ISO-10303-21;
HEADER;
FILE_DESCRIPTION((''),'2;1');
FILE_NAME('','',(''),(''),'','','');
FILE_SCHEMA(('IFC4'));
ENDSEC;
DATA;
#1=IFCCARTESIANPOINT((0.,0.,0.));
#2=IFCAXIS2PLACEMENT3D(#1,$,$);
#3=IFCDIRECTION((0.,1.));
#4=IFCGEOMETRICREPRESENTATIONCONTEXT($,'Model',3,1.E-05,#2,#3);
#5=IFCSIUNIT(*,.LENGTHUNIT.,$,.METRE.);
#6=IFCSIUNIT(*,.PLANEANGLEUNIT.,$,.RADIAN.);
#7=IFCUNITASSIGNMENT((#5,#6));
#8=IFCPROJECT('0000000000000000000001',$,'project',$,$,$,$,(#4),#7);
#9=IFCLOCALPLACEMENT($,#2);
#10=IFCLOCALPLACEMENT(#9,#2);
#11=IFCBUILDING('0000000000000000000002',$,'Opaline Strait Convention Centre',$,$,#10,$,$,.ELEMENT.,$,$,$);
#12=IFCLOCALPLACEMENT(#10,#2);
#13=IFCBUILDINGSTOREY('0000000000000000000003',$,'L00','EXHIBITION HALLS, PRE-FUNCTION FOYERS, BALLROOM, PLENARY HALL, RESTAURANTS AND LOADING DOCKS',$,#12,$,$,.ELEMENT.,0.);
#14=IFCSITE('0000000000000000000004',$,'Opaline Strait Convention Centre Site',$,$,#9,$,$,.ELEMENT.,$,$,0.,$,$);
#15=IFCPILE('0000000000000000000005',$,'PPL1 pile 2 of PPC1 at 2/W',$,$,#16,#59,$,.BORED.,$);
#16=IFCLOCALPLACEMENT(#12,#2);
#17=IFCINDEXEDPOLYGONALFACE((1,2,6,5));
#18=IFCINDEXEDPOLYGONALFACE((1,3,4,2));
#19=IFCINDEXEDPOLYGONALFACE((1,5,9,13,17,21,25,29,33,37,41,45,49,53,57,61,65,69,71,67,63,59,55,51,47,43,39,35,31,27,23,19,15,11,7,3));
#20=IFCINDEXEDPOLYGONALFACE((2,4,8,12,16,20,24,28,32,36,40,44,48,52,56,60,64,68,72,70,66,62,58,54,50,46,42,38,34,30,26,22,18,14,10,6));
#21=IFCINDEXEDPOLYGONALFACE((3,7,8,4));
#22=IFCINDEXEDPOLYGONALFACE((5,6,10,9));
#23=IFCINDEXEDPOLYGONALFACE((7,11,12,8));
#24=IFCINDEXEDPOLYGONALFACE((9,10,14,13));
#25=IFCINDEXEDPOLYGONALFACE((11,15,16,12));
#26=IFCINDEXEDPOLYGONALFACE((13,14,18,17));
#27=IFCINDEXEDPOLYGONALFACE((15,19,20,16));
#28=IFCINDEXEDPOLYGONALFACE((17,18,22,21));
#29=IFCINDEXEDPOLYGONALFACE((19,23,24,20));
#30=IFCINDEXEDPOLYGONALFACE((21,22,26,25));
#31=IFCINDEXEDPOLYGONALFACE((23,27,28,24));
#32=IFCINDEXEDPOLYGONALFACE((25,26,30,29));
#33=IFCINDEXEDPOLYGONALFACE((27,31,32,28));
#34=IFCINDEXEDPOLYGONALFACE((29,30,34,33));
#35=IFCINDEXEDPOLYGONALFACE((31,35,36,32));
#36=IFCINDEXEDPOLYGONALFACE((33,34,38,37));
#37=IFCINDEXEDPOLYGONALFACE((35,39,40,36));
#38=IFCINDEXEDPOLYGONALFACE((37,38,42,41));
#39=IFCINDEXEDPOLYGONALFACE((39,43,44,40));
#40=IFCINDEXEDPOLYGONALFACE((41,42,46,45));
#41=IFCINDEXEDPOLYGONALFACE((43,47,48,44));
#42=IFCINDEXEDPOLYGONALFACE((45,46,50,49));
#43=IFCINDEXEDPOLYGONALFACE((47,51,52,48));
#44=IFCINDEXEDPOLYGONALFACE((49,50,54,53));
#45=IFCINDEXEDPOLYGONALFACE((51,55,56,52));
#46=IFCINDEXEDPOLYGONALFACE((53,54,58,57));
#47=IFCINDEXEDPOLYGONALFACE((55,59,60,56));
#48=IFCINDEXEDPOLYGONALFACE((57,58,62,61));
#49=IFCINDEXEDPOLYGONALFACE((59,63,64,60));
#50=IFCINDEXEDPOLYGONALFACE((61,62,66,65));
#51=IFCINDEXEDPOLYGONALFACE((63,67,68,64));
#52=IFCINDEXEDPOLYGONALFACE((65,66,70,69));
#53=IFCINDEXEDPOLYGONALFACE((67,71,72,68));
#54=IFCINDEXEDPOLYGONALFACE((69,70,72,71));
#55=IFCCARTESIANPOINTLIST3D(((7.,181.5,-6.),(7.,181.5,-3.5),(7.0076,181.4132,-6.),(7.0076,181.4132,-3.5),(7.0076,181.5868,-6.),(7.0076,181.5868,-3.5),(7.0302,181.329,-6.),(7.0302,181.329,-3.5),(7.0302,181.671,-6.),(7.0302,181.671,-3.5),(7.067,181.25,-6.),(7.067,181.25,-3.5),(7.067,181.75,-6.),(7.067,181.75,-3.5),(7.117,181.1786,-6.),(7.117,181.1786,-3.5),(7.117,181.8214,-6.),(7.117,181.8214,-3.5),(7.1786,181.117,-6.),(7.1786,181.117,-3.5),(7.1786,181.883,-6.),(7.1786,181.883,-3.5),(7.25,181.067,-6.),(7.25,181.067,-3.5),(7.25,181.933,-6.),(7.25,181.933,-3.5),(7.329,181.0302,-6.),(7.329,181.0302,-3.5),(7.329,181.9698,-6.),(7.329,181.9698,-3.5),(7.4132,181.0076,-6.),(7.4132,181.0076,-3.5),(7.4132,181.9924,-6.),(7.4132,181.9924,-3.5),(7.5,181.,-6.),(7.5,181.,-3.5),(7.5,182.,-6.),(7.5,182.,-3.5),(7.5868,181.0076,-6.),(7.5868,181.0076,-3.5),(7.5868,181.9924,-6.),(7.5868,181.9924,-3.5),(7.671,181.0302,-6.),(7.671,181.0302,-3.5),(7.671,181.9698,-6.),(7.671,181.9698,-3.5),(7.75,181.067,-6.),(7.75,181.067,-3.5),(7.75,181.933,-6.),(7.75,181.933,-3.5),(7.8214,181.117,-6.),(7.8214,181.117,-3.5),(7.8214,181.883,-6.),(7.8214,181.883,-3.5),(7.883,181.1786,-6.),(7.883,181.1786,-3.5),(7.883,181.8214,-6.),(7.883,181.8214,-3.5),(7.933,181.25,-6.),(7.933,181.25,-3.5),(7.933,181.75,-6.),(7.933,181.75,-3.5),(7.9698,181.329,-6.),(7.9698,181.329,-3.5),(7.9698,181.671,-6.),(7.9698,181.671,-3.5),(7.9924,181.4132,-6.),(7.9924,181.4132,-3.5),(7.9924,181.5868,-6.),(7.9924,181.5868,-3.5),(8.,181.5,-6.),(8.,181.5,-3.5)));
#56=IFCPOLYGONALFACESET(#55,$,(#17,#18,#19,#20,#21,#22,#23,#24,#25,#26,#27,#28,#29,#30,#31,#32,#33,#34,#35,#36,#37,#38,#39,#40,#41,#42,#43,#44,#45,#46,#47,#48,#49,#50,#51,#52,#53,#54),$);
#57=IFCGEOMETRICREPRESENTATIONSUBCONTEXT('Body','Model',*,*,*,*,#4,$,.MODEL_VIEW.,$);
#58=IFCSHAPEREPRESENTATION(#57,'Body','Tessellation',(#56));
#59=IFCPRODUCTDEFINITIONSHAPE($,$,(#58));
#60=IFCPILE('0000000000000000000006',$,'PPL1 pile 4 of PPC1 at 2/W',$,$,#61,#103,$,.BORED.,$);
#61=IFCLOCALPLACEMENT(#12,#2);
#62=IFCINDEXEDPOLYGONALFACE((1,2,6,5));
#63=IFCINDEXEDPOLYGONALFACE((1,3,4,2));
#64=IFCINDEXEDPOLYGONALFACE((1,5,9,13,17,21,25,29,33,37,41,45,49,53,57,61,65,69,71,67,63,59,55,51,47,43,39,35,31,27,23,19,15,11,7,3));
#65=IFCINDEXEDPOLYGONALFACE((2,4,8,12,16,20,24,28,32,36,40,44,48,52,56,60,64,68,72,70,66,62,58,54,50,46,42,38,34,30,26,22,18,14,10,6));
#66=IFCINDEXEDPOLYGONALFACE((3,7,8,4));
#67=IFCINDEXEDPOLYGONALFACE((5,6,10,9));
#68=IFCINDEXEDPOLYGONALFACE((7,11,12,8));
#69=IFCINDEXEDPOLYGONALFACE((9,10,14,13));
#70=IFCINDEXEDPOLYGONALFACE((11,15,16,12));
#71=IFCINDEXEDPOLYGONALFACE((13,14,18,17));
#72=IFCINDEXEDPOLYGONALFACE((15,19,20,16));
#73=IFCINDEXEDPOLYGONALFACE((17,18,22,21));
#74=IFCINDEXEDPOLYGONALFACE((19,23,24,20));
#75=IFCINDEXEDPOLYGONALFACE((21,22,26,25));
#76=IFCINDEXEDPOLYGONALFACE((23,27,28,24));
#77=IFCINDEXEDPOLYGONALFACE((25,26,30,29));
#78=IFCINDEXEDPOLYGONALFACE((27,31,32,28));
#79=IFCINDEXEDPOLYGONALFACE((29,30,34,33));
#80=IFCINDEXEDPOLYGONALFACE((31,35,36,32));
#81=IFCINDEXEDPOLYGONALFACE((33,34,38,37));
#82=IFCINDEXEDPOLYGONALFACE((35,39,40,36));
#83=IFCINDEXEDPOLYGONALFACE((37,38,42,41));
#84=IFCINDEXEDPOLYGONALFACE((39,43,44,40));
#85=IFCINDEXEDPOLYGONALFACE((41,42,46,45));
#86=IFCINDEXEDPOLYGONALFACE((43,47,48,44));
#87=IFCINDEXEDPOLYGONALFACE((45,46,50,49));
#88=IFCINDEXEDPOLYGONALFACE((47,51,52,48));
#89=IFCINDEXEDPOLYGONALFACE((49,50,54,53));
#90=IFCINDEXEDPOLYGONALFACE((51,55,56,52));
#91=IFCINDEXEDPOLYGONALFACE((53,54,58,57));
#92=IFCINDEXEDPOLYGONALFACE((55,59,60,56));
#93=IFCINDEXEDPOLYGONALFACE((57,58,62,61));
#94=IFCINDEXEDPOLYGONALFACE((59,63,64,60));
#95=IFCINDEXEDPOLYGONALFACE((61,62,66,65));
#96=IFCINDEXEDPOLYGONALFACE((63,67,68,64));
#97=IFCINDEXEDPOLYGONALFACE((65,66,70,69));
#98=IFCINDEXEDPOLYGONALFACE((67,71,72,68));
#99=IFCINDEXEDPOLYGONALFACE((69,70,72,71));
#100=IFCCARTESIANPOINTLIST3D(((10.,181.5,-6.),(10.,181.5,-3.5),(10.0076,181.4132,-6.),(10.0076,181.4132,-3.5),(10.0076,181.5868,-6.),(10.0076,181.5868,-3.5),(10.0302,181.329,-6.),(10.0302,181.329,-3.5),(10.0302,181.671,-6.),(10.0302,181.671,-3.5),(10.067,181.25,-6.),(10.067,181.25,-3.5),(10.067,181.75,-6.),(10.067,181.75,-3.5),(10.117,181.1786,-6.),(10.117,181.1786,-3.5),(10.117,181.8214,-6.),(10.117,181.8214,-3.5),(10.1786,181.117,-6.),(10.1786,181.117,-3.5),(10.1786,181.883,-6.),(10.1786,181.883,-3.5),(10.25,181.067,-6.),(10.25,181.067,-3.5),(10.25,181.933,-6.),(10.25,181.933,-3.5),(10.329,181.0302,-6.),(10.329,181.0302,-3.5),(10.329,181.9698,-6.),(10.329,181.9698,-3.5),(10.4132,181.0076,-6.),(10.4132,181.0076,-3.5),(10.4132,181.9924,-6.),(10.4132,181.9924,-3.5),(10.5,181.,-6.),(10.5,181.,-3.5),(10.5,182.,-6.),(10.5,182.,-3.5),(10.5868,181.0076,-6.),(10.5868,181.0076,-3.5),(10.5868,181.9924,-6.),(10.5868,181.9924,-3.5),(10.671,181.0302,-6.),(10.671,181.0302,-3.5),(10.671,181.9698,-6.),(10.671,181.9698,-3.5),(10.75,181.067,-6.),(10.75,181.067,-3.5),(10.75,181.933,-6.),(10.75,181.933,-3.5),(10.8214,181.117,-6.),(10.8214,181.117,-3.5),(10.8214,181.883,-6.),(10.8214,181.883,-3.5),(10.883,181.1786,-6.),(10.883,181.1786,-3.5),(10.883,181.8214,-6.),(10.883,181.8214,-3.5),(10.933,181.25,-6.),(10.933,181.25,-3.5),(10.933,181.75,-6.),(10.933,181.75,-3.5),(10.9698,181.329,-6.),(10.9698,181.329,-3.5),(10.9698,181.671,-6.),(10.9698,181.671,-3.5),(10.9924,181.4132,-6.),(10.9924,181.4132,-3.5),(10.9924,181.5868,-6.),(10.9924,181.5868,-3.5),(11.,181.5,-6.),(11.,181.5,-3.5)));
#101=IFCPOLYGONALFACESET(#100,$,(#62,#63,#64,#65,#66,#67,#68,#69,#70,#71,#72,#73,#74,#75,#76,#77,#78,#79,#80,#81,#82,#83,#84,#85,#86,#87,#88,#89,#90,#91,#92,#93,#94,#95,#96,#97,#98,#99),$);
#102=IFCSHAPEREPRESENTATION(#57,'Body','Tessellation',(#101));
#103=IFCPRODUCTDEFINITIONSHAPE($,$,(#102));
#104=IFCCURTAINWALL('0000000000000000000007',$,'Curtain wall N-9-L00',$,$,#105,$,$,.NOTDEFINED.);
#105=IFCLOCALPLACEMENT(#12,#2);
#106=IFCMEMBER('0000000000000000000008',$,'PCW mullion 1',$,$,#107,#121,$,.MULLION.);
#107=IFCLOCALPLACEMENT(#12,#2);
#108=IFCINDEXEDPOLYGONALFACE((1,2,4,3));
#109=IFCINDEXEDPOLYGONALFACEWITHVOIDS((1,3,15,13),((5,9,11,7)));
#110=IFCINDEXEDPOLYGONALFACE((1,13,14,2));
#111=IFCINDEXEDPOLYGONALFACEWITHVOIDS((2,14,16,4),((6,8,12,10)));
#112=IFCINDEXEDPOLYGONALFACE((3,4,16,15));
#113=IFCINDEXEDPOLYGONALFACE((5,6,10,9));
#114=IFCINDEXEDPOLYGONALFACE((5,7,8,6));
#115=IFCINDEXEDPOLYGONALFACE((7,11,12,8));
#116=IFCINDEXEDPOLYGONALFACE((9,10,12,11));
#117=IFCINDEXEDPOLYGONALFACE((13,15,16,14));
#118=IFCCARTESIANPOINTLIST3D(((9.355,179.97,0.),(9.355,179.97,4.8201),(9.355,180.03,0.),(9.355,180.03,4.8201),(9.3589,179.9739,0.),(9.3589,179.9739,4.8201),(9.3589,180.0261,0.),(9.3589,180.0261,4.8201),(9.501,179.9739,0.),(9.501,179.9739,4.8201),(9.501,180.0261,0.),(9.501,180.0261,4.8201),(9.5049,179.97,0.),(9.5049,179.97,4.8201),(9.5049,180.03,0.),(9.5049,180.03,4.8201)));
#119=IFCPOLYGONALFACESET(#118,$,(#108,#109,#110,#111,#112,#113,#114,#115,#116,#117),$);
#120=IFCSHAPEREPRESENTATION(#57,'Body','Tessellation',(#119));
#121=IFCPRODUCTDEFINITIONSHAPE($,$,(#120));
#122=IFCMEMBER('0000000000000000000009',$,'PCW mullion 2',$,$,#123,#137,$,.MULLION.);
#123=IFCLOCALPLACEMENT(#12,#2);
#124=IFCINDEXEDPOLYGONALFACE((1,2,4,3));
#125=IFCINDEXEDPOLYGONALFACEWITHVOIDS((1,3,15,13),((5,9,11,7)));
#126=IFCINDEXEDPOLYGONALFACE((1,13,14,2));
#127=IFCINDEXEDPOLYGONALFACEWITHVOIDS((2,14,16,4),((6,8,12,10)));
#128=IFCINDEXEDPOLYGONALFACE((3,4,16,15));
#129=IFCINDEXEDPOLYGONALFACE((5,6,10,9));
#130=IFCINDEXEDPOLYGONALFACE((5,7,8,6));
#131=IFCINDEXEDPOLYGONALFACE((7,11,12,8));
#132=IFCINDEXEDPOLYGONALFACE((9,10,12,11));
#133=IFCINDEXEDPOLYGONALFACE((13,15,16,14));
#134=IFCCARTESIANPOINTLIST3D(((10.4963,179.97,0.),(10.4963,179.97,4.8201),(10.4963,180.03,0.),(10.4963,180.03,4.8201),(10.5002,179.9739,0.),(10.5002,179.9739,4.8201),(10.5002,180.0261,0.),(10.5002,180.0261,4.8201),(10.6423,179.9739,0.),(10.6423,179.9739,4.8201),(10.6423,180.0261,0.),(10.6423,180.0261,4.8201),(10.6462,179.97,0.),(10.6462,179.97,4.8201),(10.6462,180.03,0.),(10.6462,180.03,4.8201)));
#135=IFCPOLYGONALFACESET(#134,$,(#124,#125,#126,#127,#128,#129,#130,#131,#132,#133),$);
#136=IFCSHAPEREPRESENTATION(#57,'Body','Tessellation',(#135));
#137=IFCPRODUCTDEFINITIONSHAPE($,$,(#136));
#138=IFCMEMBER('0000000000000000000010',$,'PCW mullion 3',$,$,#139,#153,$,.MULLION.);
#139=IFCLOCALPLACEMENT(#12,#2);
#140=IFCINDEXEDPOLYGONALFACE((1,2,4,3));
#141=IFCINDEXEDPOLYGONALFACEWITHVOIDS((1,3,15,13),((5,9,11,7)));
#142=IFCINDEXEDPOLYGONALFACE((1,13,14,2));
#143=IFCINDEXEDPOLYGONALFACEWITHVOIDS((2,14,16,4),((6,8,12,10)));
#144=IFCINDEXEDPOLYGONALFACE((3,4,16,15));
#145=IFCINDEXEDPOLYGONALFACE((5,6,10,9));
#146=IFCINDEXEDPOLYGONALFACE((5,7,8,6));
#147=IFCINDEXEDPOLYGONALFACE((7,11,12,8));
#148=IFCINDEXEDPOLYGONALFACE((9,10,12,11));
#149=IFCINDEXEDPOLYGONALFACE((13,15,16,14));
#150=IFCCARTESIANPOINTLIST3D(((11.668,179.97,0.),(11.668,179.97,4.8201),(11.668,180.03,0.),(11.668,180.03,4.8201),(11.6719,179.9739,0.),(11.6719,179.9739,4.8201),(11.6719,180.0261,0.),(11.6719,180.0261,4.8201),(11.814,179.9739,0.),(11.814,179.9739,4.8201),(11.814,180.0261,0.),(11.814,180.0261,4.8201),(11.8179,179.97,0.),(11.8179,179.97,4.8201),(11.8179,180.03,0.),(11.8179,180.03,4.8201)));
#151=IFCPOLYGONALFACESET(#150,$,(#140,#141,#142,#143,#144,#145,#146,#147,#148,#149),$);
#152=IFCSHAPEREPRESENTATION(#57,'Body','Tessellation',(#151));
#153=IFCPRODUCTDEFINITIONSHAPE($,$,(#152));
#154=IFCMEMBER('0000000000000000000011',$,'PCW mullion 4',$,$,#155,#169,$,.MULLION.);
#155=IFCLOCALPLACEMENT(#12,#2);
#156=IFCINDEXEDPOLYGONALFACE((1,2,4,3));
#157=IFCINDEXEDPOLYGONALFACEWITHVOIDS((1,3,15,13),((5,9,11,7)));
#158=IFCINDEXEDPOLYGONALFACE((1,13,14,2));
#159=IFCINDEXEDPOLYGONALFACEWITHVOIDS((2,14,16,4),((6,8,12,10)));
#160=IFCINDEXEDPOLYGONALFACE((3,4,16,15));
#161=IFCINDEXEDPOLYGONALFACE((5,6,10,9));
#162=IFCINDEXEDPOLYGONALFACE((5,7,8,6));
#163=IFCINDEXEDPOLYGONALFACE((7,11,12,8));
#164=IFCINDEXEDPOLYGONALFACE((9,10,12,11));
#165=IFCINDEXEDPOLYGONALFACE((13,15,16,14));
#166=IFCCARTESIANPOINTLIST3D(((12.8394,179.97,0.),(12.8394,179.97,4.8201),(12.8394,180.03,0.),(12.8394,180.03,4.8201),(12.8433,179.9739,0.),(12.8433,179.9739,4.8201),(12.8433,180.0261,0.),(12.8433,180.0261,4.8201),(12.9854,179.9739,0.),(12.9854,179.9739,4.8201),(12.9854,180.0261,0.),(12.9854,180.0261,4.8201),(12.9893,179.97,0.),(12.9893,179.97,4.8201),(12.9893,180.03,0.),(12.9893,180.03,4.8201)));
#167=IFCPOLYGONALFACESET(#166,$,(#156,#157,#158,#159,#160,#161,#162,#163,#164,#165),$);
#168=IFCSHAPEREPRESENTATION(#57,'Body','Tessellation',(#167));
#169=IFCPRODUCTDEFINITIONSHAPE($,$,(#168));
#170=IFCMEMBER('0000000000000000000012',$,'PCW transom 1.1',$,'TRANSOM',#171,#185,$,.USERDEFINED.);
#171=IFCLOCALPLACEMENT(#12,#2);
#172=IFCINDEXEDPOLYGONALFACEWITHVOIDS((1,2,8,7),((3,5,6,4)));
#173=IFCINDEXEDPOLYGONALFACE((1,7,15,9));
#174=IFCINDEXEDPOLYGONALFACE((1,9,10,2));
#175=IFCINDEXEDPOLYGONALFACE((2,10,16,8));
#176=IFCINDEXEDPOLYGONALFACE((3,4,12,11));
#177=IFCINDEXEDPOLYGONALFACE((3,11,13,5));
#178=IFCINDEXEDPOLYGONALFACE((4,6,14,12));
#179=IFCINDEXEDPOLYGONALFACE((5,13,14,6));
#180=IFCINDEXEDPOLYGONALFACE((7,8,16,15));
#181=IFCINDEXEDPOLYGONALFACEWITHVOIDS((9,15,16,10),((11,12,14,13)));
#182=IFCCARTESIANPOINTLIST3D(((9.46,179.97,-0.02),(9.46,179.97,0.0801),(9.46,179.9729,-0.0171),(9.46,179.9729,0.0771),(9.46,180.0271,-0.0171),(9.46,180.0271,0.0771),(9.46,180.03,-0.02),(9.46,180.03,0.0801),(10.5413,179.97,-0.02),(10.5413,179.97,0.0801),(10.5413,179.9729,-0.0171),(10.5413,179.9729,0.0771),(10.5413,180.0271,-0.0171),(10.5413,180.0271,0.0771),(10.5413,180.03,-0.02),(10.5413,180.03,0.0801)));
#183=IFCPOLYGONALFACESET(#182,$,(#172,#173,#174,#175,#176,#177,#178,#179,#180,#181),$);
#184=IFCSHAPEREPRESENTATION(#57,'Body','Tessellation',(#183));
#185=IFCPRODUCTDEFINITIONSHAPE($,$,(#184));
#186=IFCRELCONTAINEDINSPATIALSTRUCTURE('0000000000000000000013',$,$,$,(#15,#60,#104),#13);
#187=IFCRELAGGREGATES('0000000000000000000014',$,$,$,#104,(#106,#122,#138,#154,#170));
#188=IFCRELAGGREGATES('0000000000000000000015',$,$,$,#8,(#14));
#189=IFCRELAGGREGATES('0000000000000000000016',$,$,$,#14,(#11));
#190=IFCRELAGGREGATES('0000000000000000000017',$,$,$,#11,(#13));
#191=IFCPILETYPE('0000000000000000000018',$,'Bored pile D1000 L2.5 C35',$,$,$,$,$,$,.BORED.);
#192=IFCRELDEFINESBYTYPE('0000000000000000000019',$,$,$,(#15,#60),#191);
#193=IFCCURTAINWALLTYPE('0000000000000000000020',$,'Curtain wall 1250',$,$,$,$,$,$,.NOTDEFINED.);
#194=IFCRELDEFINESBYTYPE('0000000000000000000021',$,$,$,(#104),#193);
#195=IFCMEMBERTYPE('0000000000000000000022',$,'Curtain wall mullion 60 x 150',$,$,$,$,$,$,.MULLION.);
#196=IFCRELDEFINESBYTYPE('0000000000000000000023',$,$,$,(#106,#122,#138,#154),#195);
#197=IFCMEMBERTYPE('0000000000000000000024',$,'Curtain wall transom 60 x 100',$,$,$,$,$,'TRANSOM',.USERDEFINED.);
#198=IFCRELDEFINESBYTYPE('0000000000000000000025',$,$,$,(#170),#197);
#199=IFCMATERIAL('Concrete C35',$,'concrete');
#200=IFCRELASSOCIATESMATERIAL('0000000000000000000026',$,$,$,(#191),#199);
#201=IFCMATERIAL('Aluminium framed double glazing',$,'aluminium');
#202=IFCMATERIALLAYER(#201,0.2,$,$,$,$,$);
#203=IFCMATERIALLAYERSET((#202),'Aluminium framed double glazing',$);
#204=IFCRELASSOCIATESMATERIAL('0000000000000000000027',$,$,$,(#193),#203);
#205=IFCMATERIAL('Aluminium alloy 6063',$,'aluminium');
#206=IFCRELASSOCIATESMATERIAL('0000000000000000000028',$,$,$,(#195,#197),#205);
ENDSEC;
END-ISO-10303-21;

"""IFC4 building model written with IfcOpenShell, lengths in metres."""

from ifc_helpers import new_model, si_unit, direction, frame, origin, origin_2d, place, context, subcontext, project, spatial, hollow_rectangle, circle, extrude, material, layer, layer_set, material_profile, profile_set, type_object, element, aggregate, save


model = new_model("IFC4")

# Units and contexts
model_context = context("Model", 3, precision=1e-05, world=origin(), true_north=direction((0.0, 1.0)))
body_context = subcontext(model_context, "Body", "Model", "MODEL_VIEW")
ifc_project = project(units=[si_unit("LENGTHUNIT", "METRE"), si_unit("PLANEANGLEUNIT", "RADIAN")], contexts=[model_context])

# Site, building, storey
site_placement = place(None, origin())
site = spatial("IfcSite", under=ifc_project, at=site_placement, Name="Opaline Strait Convention Centre Site", CompositionType="ELEMENT", RefElevation=0.0)
building_placement = place(site_placement, origin())
building = spatial("IfcBuilding", under=site, at=building_placement, Name="Opaline Strait Convention Centre", CompositionType="ELEMENT")
storey_placement = place(building_placement, origin())
storey = spatial("IfcBuildingStorey", under=building, at=storey_placement, Name="L00", Description="EXHIBITION HALLS, PRE-FUNCTION FOYERS, BALLROOM, PLENARY HALL, RESTAURANTS AND LOADING DOCKS", CompositionType="ELEMENT", Elevation=0.0)

# Piles
ifc_material_1 = material(Name="Concrete C35", Category="concrete")
ifc_material_profile_1 = material_profile(ifc_material_1, circle(Radius=0.5, at=origin_2d()), Name="D1000")
ifc_profile_set_1 = profile_set([ifc_material_profile_1], Name="Concrete C35")
pile_type = type_object("IfcPileType", Name="Bored pile D1000 L2.5 C35", PredefinedType="BORED", material=ifc_profile_set_1)
for number, where, z_axis, x_axis, name in (
    (1, (7.5, 181.5, -3.5), (0.0, 0.0, -1.0), (1.0, 0.0, 0.0), "PPL1 pile 2 of PPC1 at 2/W"),
    (2, (10.5, 181.5, -3.5), (0.0, 0.0, -1.0), (1.0, 0.0, 0.0), "PPL1 pile 4 of PPC1 at 2/W"),
):
    element("IfcPile", number, at=place(storey_placement, frame(where, z_axis=z_axis, x_axis=x_axis)), inside=storey, type_object=pile_type, Name=name, PredefinedType="BORED", context=body_context, shape_type="SweptSolid", body=[
        extrude(circle(Radius=0.5, at=origin_2d()), origin(), (0.0, 0.0, 1.0), 2.5),
    ])

# Curtain wall, members
ifc_material_2 = material(Name="Aluminium framed double glazing", Category="aluminium")
ifc_layer_1 = layer(ifc_material_2, 0.2)
ifc_layer_set_1 = layer_set([ifc_layer_1], Name="Aluminium framed double glazing")
curtain_wall_type = type_object("IfcCurtainWallType", Name="Curtain wall 1250", PredefinedType="NOTDEFINED", material=ifc_layer_set_1)
curtain_wall_placement = place(storey_placement, origin())
curtain_wall = element("IfcCurtainWall", 3, at=curtain_wall_placement, inside=storey, type_object=curtain_wall_type, Name="Curtain wall N-9-L00", PredefinedType="NOTDEFINED")
ifc_material_3 = material(Name="Aluminium alloy 6063", Category="aluminium")
ifc_material_profile_2 = material_profile(ifc_material_3, hollow_rectangle(XDim=0.0601, YDim=0.1499, WallThickness=0.0039, at=origin_2d()), Name="MULLION 60x150x4")
ifc_profile_set_2 = profile_set([ifc_material_profile_2], Name="Aluminium alloy 6063")
member_type_1 = type_object("IfcMemberType", Name="Curtain wall mullion 60 x 150", PredefinedType="MULLION", material=ifc_profile_set_2)
member_1_placement = place(storey_placement, frame((9.4299, 180.0, 0.0), z_axis=(0.0, 0.0, 1.0), x_axis=(0.0, 1.0, 0.0)))
member_1 = element("IfcMember", 4, at=member_1_placement, type_object=member_type_1, Name="PCW mullion 1", PredefinedType="MULLION", context=body_context, shape_type="SweptSolid", body=[
    extrude(hollow_rectangle(XDim=0.0601, YDim=0.1499, WallThickness=0.0039, at=origin_2d()), origin(), (0.0, 0.0, 1.0), 4.8201),
])
member_2_placement = place(storey_placement, frame((10.5713, 180.0, 0.0), z_axis=(0.0, 0.0, 1.0), x_axis=(0.0, 1.0, 0.0)))
member_2 = element("IfcMember", 5, at=member_2_placement, type_object=member_type_1, Name="PCW mullion 2", PredefinedType="MULLION", context=body_context, shape_type="SweptSolid", body=[
    extrude(hollow_rectangle(XDim=0.0601, YDim=0.1499, WallThickness=0.0039, at=origin_2d()), origin(), (0.0, 0.0, 1.0), 4.8201),
])
member_3_placement = place(storey_placement, frame((11.7429, 180.0, 0.0), z_axis=(0.0, 0.0, 1.0), x_axis=(0.0, 1.0, 0.0)))
member_3 = element("IfcMember", 6, at=member_3_placement, type_object=member_type_1, Name="PCW mullion 3", PredefinedType="MULLION", context=body_context, shape_type="SweptSolid", body=[
    extrude(hollow_rectangle(XDim=0.0601, YDim=0.1499, WallThickness=0.0039, at=origin_2d()), origin(), (0.0, 0.0, 1.0), 4.8201),
])
member_4_placement = place(storey_placement, frame((12.9143, 180.0, 0.0), z_axis=(0.0, 0.0, 1.0), x_axis=(0.0, 1.0, 0.0)))
member_4 = element("IfcMember", 7, at=member_4_placement, type_object=member_type_1, Name="PCW mullion 4", PredefinedType="MULLION", context=body_context, shape_type="SweptSolid", body=[
    extrude(hollow_rectangle(XDim=0.0601, YDim=0.1499, WallThickness=0.0039, at=origin_2d()), origin(), (0.0, 0.0, 1.0), 4.8201),
])
ifc_material_profile_3 = material_profile(ifc_material_3, hollow_rectangle(XDim=0.0601, YDim=0.1001, WallThickness=0.0029, at=origin_2d()), Name="TRANSOM 60x100x3")
ifc_profile_set_3 = profile_set([ifc_material_profile_3], Name="Aluminium alloy 6063")
member_type_2 = type_object("IfcMemberType", Name="Curtain wall transom 60 x 100", ElementType="TRANSOM", PredefinedType="USERDEFINED", material=ifc_profile_set_3)
member_5_placement = place(storey_placement, frame((9.46, 180.0, 0.03), z_axis=(1.0, 0.0, 0.0), x_axis=(0.0, 1.0, 0.0)))
member_5 = element("IfcMember", 8, at=member_5_placement, type_object=member_type_2, Name="PCW transom 1.1", ObjectType="TRANSOM", PredefinedType="USERDEFINED", context=body_context, shape_type="SweptSolid", body=[
    extrude(hollow_rectangle(XDim=0.0601, YDim=0.1001, WallThickness=0.0029, at=origin_2d()), origin(), (0.0, 0.0, 1.0), 1.0813),
])

aggregate(curtain_wall, [member_1, member_2, member_3, member_4, member_5])

save(model, "model.ifc")
